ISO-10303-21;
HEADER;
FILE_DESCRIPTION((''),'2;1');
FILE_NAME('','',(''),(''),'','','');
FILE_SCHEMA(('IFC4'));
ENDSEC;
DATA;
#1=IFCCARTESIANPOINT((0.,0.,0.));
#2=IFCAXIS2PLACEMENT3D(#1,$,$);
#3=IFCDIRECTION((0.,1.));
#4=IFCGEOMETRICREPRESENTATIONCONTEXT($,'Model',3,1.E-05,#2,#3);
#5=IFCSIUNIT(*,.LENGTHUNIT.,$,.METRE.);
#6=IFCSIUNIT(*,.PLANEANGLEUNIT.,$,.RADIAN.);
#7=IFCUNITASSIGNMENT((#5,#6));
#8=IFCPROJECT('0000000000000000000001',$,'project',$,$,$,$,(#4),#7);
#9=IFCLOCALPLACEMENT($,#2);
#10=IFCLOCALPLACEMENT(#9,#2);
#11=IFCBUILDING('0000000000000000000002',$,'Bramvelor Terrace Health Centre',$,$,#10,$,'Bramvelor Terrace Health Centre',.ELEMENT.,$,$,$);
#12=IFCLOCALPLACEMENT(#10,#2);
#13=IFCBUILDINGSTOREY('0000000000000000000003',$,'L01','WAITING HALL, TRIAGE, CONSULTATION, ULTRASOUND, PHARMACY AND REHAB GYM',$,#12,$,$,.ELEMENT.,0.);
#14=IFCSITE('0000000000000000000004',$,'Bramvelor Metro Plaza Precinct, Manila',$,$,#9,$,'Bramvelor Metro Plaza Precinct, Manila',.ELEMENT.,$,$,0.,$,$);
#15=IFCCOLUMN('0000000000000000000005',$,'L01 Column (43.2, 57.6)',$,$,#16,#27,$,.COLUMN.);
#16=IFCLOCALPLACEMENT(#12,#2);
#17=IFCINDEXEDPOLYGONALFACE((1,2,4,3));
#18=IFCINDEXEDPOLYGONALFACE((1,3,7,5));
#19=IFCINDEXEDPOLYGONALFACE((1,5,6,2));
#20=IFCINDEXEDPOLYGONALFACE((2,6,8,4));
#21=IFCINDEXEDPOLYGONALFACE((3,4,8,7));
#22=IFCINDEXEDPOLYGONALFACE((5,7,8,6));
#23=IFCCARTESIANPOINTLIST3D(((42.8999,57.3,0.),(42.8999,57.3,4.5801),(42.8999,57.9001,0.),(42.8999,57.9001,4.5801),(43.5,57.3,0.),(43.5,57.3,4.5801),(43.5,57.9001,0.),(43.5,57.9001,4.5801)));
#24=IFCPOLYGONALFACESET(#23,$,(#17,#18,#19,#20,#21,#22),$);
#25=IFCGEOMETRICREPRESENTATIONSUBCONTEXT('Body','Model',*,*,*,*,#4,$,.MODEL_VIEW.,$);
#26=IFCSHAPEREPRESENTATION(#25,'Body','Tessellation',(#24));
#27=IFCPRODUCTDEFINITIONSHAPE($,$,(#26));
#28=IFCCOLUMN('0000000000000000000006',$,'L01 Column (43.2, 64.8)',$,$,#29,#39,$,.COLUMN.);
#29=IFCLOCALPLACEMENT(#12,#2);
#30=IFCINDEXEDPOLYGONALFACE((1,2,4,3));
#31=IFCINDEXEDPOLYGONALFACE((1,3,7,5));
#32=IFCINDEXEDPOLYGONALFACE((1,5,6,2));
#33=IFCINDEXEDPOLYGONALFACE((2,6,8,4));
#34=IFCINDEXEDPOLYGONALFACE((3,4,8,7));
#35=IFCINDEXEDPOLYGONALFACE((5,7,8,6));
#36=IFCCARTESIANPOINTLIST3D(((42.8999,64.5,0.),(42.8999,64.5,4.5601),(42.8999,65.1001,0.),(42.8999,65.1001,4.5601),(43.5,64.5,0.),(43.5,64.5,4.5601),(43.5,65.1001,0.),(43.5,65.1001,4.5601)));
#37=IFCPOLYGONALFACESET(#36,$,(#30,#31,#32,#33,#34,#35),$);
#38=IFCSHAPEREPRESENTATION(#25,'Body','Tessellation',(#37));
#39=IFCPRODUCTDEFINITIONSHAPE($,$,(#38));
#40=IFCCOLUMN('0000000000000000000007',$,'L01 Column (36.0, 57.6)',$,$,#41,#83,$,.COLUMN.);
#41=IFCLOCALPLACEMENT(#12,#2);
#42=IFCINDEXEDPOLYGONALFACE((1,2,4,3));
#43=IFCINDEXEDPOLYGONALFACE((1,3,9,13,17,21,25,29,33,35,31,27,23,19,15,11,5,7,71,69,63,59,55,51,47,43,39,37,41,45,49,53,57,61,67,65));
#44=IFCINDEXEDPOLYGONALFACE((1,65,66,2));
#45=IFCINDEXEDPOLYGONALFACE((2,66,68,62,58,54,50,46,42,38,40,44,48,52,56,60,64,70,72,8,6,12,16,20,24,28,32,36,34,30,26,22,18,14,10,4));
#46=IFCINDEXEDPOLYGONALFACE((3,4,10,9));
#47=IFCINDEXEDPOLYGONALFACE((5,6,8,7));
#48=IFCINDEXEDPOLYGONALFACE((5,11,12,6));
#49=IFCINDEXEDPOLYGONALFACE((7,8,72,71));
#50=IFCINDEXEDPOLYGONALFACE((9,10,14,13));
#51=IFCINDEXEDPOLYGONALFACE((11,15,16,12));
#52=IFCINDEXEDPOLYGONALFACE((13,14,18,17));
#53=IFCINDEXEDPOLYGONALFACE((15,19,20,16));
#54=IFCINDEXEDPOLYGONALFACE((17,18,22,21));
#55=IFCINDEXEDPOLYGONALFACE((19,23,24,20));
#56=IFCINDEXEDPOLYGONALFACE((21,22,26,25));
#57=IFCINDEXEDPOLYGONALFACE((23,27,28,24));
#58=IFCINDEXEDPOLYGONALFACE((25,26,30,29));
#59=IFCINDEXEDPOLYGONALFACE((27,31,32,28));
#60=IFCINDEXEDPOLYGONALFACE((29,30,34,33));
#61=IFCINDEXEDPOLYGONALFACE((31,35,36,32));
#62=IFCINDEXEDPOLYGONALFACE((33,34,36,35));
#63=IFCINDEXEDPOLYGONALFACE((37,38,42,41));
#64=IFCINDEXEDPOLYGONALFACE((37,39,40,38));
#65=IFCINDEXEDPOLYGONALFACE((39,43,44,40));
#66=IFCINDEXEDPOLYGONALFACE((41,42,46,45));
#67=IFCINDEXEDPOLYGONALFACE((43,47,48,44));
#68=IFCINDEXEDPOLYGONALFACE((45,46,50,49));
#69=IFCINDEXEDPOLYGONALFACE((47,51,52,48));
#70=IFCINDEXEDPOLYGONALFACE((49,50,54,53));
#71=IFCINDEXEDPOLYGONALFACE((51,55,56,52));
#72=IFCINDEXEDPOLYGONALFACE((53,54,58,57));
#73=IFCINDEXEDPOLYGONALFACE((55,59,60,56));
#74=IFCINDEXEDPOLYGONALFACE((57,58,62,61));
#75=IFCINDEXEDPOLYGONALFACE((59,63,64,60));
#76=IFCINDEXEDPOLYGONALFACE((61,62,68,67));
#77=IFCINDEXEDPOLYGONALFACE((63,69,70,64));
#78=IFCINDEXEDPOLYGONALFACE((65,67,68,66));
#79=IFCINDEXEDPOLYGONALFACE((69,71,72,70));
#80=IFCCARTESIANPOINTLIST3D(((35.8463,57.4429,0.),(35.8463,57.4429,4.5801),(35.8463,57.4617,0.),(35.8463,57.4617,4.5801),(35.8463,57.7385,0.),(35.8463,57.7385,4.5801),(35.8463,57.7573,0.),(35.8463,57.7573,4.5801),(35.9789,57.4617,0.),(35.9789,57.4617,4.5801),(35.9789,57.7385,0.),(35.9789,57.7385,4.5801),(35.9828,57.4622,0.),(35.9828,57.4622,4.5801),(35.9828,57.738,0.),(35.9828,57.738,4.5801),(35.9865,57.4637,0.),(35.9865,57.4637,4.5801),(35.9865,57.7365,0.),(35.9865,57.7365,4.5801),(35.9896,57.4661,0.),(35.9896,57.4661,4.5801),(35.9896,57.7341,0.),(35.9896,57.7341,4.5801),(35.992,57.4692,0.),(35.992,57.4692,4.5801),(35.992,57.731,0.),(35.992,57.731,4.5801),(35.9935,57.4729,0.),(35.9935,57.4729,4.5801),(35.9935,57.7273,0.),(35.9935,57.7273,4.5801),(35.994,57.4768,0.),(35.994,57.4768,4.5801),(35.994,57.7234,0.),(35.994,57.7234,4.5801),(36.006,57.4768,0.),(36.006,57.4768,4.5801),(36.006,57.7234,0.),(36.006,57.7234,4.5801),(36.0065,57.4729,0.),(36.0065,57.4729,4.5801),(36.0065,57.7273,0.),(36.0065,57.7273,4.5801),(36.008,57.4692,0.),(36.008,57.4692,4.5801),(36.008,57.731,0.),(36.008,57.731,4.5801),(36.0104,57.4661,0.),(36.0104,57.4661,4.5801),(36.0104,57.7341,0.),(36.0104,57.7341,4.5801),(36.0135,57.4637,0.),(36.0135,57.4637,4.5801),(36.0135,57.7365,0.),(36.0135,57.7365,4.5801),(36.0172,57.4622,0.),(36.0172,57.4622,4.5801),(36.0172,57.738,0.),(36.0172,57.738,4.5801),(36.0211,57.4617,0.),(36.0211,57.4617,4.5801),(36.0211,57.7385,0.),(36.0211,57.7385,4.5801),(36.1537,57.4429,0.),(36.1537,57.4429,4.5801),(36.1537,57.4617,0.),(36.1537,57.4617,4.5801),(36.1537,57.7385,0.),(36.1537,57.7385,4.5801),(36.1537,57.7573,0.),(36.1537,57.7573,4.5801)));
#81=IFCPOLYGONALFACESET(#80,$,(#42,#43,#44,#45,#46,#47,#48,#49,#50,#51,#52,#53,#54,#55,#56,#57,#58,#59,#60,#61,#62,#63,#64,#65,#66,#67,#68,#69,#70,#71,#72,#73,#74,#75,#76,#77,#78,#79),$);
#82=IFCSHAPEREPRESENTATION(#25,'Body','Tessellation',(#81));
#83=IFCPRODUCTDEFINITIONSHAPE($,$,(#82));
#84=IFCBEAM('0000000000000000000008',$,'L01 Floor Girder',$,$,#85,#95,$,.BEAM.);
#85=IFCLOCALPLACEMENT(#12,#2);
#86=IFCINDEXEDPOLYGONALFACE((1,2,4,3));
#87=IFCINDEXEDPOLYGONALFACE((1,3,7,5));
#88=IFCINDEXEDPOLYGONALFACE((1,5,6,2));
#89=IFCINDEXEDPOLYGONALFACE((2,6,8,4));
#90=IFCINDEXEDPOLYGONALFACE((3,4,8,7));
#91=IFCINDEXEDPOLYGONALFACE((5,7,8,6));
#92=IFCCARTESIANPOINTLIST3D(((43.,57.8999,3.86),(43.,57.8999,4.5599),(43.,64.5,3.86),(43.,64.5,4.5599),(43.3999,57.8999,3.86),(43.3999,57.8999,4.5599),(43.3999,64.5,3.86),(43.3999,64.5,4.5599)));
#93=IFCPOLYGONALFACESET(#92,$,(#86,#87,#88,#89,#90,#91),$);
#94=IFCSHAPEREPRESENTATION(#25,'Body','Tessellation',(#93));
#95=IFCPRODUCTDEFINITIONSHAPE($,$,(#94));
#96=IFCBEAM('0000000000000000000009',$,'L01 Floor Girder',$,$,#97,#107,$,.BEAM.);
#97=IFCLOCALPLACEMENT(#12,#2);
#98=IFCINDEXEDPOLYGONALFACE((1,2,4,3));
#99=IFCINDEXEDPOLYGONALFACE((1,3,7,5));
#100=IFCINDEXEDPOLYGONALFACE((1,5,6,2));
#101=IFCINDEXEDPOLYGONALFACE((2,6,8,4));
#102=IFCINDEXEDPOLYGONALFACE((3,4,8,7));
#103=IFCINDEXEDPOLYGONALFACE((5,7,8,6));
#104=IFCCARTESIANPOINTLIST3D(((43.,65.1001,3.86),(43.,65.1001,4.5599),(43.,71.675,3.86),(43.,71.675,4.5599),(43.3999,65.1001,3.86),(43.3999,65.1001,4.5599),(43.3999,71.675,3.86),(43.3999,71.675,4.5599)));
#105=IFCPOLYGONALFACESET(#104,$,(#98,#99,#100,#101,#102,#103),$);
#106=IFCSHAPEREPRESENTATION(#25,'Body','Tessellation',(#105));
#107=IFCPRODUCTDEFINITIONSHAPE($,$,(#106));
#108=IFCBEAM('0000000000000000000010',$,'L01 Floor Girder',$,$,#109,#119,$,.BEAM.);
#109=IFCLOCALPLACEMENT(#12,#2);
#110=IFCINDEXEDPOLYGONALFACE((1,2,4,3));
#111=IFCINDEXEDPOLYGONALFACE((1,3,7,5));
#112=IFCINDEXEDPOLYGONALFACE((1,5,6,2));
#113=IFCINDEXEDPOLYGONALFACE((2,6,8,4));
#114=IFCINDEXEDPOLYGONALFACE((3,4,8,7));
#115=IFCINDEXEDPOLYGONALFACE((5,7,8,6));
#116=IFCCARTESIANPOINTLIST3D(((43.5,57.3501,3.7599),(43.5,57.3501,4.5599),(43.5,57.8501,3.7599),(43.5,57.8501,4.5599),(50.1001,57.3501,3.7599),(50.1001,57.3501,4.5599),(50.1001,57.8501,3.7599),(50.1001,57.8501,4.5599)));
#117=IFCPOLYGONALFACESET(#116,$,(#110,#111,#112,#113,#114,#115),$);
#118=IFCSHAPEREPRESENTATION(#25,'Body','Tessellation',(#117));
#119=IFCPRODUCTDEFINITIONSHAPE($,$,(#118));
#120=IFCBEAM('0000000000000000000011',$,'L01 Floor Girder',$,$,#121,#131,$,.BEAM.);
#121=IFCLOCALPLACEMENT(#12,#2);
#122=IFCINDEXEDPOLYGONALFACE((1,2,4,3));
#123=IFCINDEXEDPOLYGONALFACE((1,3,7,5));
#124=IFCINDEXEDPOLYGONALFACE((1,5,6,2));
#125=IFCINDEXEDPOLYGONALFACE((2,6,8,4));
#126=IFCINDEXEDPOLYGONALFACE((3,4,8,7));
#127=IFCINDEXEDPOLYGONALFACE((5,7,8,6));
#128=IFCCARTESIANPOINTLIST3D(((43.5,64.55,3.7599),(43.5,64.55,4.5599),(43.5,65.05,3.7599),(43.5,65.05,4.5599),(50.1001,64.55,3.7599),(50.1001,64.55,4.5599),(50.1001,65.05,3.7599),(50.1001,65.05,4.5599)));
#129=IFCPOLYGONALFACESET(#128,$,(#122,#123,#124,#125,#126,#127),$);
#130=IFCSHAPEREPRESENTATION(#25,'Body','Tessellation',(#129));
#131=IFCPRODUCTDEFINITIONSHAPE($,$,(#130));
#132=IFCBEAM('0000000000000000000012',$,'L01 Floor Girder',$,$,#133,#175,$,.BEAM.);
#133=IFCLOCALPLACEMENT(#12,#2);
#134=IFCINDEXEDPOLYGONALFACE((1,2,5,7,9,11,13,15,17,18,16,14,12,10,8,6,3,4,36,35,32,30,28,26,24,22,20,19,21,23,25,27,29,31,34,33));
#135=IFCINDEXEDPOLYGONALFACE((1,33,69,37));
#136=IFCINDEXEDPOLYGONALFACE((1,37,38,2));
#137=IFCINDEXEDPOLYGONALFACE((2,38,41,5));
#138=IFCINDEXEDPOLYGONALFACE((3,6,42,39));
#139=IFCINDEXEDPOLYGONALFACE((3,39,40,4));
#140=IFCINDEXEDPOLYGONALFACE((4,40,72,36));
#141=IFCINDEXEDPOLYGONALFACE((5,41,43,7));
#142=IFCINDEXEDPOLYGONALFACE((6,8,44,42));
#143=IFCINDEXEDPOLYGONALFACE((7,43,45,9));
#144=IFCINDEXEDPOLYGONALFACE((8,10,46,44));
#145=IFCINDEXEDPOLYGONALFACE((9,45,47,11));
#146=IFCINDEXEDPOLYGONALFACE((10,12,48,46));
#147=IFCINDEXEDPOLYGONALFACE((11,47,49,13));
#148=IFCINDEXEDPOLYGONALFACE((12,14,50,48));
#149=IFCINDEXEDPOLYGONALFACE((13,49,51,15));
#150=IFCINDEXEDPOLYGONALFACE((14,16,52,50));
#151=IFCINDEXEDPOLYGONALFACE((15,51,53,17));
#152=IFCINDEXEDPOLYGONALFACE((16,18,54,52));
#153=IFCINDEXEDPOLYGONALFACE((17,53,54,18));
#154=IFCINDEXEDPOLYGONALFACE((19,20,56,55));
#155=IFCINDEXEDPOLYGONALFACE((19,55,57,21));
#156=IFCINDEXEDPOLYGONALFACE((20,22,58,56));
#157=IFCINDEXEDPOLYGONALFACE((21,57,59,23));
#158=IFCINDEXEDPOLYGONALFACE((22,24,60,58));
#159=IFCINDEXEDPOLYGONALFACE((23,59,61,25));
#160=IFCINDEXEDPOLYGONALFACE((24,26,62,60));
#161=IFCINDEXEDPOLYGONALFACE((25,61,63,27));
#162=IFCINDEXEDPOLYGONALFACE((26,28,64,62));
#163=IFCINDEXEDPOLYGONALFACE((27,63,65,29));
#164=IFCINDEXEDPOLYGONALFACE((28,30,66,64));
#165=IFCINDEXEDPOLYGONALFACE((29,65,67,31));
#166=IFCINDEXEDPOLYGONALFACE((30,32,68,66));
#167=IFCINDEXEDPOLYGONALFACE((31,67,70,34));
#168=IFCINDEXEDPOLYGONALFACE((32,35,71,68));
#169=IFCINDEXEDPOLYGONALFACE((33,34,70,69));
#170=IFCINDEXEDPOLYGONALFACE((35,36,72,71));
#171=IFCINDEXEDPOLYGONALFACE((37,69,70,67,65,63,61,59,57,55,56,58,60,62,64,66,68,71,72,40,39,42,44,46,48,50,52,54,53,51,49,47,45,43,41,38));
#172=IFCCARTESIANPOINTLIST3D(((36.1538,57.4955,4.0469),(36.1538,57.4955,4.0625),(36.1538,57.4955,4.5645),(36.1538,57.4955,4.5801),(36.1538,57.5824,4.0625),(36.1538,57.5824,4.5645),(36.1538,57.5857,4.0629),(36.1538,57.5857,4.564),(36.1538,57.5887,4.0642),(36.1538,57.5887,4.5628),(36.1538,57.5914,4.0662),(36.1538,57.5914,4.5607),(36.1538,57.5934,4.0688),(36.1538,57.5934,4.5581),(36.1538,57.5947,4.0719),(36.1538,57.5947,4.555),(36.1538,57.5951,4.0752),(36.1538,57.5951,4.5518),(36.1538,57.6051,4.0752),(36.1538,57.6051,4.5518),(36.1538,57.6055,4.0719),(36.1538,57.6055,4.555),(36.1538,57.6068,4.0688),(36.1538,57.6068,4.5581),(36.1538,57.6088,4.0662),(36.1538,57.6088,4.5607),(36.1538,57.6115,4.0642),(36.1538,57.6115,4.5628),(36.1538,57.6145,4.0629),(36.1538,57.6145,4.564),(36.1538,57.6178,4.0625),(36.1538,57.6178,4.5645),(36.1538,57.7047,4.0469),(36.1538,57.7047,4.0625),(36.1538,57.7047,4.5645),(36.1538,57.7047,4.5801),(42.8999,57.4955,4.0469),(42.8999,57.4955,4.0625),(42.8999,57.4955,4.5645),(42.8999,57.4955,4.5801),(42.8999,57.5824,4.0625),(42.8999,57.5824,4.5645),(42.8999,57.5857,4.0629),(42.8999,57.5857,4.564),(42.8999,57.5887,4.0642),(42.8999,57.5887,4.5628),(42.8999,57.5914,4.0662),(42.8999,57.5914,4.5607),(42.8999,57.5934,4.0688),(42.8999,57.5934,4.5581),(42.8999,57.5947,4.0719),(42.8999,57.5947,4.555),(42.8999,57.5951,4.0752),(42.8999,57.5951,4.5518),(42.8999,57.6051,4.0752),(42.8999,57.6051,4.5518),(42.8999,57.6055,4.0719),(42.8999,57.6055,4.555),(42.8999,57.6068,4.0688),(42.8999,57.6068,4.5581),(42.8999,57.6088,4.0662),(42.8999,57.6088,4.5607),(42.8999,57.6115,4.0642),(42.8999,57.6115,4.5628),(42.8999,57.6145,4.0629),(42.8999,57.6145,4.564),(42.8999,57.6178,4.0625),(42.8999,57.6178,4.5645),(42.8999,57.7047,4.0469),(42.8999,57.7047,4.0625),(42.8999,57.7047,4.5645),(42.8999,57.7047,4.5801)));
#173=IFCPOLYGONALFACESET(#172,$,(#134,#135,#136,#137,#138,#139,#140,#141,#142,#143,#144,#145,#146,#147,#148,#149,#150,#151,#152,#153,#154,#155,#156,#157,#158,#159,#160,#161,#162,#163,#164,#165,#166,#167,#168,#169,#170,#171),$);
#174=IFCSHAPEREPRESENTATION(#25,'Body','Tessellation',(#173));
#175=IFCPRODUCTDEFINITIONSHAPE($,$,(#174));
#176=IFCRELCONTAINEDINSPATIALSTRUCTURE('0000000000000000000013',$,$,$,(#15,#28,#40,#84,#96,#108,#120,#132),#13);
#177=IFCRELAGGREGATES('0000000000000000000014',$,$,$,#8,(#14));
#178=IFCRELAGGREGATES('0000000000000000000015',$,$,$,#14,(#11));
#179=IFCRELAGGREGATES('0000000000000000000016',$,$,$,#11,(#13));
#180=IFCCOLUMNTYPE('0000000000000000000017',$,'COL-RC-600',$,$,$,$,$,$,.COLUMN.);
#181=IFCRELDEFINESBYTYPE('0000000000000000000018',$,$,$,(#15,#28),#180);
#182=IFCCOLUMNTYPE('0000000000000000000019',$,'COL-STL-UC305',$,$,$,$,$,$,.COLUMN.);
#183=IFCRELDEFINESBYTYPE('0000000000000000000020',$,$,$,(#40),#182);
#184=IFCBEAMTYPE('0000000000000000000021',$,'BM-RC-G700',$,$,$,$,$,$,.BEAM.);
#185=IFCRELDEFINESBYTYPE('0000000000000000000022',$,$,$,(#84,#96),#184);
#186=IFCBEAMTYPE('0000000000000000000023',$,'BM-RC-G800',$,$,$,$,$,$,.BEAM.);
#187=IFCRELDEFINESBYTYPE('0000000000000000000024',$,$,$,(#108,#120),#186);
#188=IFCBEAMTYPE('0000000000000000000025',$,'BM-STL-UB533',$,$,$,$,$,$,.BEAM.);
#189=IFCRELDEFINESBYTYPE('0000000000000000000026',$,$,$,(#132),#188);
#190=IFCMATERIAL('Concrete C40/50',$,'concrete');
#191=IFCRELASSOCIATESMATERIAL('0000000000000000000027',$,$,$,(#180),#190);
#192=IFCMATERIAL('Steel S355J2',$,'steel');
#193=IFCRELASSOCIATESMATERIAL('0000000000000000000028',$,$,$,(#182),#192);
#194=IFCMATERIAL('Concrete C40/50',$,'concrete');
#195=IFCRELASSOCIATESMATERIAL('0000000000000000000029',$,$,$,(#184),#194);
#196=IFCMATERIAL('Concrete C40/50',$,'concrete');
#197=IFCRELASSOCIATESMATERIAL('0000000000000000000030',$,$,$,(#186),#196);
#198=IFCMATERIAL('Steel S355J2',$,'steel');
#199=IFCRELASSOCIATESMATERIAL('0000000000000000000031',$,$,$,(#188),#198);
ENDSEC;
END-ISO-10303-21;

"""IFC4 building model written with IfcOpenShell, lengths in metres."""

from ifc_helpers import new_model, si_unit, direction, frame, origin, origin_2d, place, context, subcontext, project, spatial, rectangle, i_section, extrude, material, material_profile, profile_set, type_object, element, save


model = new_model("IFC4")

# Units and contexts
model_context = context("Model", 3, precision=1e-05, world=origin(), true_north=direction((0.0, 1.0)))
body_context = subcontext(model_context, "Body", "Model", "MODEL_VIEW")
ifc_project = project(units=[si_unit("LENGTHUNIT", "METRE"), si_unit("PLANEANGLEUNIT", "RADIAN")], contexts=[model_context])

# Site, building, storey
site_placement = place(None, origin())
site = spatial("IfcSite", under=ifc_project, at=site_placement, Name="Bramvelor Metro Plaza Precinct, Manila", LongName="Bramvelor Metro Plaza Precinct, Manila", CompositionType="ELEMENT", RefElevation=0.0)
building_placement = place(site_placement, origin())
building = spatial("IfcBuilding", under=site, at=building_placement, Name="Bramvelor Terrace Health Centre", LongName="Bramvelor Terrace Health Centre", CompositionType="ELEMENT")
storey_placement = place(building_placement, origin())
storey = spatial("IfcBuildingStorey", under=building, at=storey_placement, Name="L01", Description="WAITING HALL, TRIAGE, CONSULTATION, ULTRASOUND, PHARMACY AND REHAB GYM", CompositionType="ELEMENT", Elevation=0.0)

# Columns
ifc_material_1 = material(Name="Concrete C40/50", Category="concrete")
ifc_material_profile_1 = material_profile(ifc_material_1, rectangle(XDim=0.6001, YDim=0.6001, at=origin_2d()), Name="RC 600x600")
ifc_profile_set_1 = profile_set([ifc_material_profile_1], Name="Concrete C40/50")
column_type_1 = type_object("IfcColumnType", Name="COL-RC-600", PredefinedType="COLUMN", material=ifc_profile_set_1)
column_1_placement = place(storey_placement, frame((43.2, 57.6001, 0.0), z_axis=(0.0, 0.0, 1.0), x_axis=(1.0, 0.0, 0.0)))
element("IfcColumn", 1, at=column_1_placement, inside=storey, type_object=column_type_1, Name="L01 Column (43.2, 57.6)", PredefinedType="COLUMN", context=body_context, shape_type="SweptSolid", body=[
    extrude(rectangle(XDim=0.6001, YDim=0.6001, at=origin_2d()), origin(), (0.0, 0.0, 1.0), 4.5801),
])
column_2_placement = place(storey_placement, frame((43.2, 64.8, 0.0), z_axis=(0.0, 0.0, 1.0), x_axis=(1.0, 0.0, 0.0)))
element("IfcColumn", 2, at=column_2_placement, inside=storey, type_object=column_type_1, Name="L01 Column (43.2, 64.8)", PredefinedType="COLUMN", context=body_context, shape_type="SweptSolid", body=[
    extrude(rectangle(XDim=0.6001, YDim=0.6001, at=origin_2d()), origin(), (0.0, 0.0, 1.0), 4.5601),
])
ifc_material_2 = material(Name="Steel S355J2", Category="steel")
ifc_material_profile_2 = material_profile(ifc_material_2, i_section(OverallWidth=0.3074, OverallDepth=0.3145, WebThickness=0.012, FlangeThickness=0.0188, FilletRadius=0.0151, at=origin_2d()), Name="UC 305x305x118")
ifc_profile_set_2 = profile_set([ifc_material_profile_2], Name="Steel S355J2")
column_type_2 = type_object("IfcColumnType", Name="COL-STL-UC305", PredefinedType="COLUMN", material=ifc_profile_set_2)
column_3_placement = place(storey_placement, frame((36.0, 57.6001, 0.0), z_axis=(0.0, 0.0, 1.0), x_axis=(1.0, 0.0, 0.0)))
element("IfcColumn", 3, at=column_3_placement, inside=storey, type_object=column_type_2, Name="L01 Column (36.0, 57.6)", PredefinedType="COLUMN", context=body_context, shape_type="SweptSolid", body=[
    extrude(i_section(OverallWidth=0.3074, OverallDepth=0.3145, WebThickness=0.012, FlangeThickness=0.0188, FilletRadius=0.0151, at=origin_2d()), origin(), (0.0, 0.0, 1.0), 4.5801),
])

# Beams
ifc_material_3 = material(Name="Concrete C40/50", Category="concrete")
ifc_material_profile_3 = material_profile(ifc_material_3, rectangle(XDim=0.3999, YDim=0.7, at=origin_2d()), Name="RC 400x700")
ifc_profile_set_3 = profile_set([ifc_material_profile_3], Name="Concrete C40/50")
beam_type_1 = type_object("IfcBeamType", Name="BM-RC-G700", PredefinedType="BEAM", material=ifc_profile_set_3)
beam_1_placement = place(storey_placement, frame((43.2, 57.8999, 4.21), z_axis=(0.0, 1.0, 0.0), x_axis=(-1.0, 0.0, 0.0)))
element("IfcBeam", 4, at=beam_1_placement, inside=storey, type_object=beam_type_1, Name="L01 Floor Girder", PredefinedType="BEAM", context=body_context, shape_type="SweptSolid", body=[
    extrude(rectangle(XDim=0.3999, YDim=0.7, at=origin_2d()), origin(), (0.0, 0.0, 1.0), 6.6001),
])
beam_2_placement = place(storey_placement, frame((43.2, 65.1001, 4.21), z_axis=(0.0, 1.0, 0.0), x_axis=(-1.0, 0.0, 0.0)))
element("IfcBeam", 5, at=beam_2_placement, inside=storey, type_object=beam_type_1, Name="L01 Floor Girder", PredefinedType="BEAM", context=body_context, shape_type="SweptSolid", body=[
    extrude(rectangle(XDim=0.3999, YDim=0.7, at=origin_2d()), origin(), (0.0, 0.0, 1.0), 6.575),
])
ifc_material_4 = material(Name="Concrete C40/50", Category="concrete")
ifc_material_profile_4 = material_profile(ifc_material_4, rectangle(XDim=0.5, YDim=0.8, at=origin_2d()), Name="RC 500x800")
ifc_profile_set_4 = profile_set([ifc_material_profile_4], Name="Concrete C40/50")
beam_type_2 = type_object("IfcBeamType", Name="BM-RC-G800", PredefinedType="BEAM", material=ifc_profile_set_4)
for number, where, z_axis, x_axis, name in (
    (6, (43.5, 57.6001, 4.1599), (1.0, 0.0, 0.0), (0.0, 1.0, 0.0), "L01 Floor Girder"),
    (7, (43.5, 64.8, 4.1599), (1.0, 0.0, 0.0), (0.0, 1.0, 0.0), "L01 Floor Girder"),
):
    element("IfcBeam", number, at=place(storey_placement, frame(where, z_axis=z_axis, x_axis=x_axis)), inside=storey, type_object=beam_type_2, Name=name, PredefinedType="BEAM", context=body_context, shape_type="SweptSolid", body=[
        extrude(rectangle(XDim=0.5, YDim=0.8, at=origin_2d()), origin(), (0.0, 0.0, 1.0), 6.6001),
    ])
ifc_material_5 = material(Name="Steel S355J2", Category="steel")
ifc_material_profile_5 = material_profile(ifc_material_5, i_section(OverallWidth=0.2092, OverallDepth=0.5332, WebThickness=0.01, FlangeThickness=0.0156, FilletRadius=0.0127, at=origin_2d()), Name="UB 533x210x92")
ifc_profile_set_5 = profile_set([ifc_material_profile_5], Name="Steel S355J2")
beam_type_3 = type_object("IfcBeamType", Name="BM-STL-UB533", PredefinedType="BEAM", material=ifc_profile_set_5)
beam_3_placement = place(storey_placement, frame((36.1538, 57.6001, 4.3135), z_axis=(1.0, 0.0, 0.0), x_axis=(0.0, 1.0, 0.0)))
element("IfcBeam", 8, at=beam_3_placement, inside=storey, type_object=beam_type_3, Name="L01 Floor Girder", PredefinedType="BEAM", context=body_context, shape_type="SweptSolid", body=[
    extrude(i_section(OverallWidth=0.2092, OverallDepth=0.5332, WebThickness=0.01, FlangeThickness=0.0156, FilletRadius=0.0127, at=origin_2d()), origin(), (0.0, 0.0, 1.0), 6.7461),
])

save(model, "model.ifc")
